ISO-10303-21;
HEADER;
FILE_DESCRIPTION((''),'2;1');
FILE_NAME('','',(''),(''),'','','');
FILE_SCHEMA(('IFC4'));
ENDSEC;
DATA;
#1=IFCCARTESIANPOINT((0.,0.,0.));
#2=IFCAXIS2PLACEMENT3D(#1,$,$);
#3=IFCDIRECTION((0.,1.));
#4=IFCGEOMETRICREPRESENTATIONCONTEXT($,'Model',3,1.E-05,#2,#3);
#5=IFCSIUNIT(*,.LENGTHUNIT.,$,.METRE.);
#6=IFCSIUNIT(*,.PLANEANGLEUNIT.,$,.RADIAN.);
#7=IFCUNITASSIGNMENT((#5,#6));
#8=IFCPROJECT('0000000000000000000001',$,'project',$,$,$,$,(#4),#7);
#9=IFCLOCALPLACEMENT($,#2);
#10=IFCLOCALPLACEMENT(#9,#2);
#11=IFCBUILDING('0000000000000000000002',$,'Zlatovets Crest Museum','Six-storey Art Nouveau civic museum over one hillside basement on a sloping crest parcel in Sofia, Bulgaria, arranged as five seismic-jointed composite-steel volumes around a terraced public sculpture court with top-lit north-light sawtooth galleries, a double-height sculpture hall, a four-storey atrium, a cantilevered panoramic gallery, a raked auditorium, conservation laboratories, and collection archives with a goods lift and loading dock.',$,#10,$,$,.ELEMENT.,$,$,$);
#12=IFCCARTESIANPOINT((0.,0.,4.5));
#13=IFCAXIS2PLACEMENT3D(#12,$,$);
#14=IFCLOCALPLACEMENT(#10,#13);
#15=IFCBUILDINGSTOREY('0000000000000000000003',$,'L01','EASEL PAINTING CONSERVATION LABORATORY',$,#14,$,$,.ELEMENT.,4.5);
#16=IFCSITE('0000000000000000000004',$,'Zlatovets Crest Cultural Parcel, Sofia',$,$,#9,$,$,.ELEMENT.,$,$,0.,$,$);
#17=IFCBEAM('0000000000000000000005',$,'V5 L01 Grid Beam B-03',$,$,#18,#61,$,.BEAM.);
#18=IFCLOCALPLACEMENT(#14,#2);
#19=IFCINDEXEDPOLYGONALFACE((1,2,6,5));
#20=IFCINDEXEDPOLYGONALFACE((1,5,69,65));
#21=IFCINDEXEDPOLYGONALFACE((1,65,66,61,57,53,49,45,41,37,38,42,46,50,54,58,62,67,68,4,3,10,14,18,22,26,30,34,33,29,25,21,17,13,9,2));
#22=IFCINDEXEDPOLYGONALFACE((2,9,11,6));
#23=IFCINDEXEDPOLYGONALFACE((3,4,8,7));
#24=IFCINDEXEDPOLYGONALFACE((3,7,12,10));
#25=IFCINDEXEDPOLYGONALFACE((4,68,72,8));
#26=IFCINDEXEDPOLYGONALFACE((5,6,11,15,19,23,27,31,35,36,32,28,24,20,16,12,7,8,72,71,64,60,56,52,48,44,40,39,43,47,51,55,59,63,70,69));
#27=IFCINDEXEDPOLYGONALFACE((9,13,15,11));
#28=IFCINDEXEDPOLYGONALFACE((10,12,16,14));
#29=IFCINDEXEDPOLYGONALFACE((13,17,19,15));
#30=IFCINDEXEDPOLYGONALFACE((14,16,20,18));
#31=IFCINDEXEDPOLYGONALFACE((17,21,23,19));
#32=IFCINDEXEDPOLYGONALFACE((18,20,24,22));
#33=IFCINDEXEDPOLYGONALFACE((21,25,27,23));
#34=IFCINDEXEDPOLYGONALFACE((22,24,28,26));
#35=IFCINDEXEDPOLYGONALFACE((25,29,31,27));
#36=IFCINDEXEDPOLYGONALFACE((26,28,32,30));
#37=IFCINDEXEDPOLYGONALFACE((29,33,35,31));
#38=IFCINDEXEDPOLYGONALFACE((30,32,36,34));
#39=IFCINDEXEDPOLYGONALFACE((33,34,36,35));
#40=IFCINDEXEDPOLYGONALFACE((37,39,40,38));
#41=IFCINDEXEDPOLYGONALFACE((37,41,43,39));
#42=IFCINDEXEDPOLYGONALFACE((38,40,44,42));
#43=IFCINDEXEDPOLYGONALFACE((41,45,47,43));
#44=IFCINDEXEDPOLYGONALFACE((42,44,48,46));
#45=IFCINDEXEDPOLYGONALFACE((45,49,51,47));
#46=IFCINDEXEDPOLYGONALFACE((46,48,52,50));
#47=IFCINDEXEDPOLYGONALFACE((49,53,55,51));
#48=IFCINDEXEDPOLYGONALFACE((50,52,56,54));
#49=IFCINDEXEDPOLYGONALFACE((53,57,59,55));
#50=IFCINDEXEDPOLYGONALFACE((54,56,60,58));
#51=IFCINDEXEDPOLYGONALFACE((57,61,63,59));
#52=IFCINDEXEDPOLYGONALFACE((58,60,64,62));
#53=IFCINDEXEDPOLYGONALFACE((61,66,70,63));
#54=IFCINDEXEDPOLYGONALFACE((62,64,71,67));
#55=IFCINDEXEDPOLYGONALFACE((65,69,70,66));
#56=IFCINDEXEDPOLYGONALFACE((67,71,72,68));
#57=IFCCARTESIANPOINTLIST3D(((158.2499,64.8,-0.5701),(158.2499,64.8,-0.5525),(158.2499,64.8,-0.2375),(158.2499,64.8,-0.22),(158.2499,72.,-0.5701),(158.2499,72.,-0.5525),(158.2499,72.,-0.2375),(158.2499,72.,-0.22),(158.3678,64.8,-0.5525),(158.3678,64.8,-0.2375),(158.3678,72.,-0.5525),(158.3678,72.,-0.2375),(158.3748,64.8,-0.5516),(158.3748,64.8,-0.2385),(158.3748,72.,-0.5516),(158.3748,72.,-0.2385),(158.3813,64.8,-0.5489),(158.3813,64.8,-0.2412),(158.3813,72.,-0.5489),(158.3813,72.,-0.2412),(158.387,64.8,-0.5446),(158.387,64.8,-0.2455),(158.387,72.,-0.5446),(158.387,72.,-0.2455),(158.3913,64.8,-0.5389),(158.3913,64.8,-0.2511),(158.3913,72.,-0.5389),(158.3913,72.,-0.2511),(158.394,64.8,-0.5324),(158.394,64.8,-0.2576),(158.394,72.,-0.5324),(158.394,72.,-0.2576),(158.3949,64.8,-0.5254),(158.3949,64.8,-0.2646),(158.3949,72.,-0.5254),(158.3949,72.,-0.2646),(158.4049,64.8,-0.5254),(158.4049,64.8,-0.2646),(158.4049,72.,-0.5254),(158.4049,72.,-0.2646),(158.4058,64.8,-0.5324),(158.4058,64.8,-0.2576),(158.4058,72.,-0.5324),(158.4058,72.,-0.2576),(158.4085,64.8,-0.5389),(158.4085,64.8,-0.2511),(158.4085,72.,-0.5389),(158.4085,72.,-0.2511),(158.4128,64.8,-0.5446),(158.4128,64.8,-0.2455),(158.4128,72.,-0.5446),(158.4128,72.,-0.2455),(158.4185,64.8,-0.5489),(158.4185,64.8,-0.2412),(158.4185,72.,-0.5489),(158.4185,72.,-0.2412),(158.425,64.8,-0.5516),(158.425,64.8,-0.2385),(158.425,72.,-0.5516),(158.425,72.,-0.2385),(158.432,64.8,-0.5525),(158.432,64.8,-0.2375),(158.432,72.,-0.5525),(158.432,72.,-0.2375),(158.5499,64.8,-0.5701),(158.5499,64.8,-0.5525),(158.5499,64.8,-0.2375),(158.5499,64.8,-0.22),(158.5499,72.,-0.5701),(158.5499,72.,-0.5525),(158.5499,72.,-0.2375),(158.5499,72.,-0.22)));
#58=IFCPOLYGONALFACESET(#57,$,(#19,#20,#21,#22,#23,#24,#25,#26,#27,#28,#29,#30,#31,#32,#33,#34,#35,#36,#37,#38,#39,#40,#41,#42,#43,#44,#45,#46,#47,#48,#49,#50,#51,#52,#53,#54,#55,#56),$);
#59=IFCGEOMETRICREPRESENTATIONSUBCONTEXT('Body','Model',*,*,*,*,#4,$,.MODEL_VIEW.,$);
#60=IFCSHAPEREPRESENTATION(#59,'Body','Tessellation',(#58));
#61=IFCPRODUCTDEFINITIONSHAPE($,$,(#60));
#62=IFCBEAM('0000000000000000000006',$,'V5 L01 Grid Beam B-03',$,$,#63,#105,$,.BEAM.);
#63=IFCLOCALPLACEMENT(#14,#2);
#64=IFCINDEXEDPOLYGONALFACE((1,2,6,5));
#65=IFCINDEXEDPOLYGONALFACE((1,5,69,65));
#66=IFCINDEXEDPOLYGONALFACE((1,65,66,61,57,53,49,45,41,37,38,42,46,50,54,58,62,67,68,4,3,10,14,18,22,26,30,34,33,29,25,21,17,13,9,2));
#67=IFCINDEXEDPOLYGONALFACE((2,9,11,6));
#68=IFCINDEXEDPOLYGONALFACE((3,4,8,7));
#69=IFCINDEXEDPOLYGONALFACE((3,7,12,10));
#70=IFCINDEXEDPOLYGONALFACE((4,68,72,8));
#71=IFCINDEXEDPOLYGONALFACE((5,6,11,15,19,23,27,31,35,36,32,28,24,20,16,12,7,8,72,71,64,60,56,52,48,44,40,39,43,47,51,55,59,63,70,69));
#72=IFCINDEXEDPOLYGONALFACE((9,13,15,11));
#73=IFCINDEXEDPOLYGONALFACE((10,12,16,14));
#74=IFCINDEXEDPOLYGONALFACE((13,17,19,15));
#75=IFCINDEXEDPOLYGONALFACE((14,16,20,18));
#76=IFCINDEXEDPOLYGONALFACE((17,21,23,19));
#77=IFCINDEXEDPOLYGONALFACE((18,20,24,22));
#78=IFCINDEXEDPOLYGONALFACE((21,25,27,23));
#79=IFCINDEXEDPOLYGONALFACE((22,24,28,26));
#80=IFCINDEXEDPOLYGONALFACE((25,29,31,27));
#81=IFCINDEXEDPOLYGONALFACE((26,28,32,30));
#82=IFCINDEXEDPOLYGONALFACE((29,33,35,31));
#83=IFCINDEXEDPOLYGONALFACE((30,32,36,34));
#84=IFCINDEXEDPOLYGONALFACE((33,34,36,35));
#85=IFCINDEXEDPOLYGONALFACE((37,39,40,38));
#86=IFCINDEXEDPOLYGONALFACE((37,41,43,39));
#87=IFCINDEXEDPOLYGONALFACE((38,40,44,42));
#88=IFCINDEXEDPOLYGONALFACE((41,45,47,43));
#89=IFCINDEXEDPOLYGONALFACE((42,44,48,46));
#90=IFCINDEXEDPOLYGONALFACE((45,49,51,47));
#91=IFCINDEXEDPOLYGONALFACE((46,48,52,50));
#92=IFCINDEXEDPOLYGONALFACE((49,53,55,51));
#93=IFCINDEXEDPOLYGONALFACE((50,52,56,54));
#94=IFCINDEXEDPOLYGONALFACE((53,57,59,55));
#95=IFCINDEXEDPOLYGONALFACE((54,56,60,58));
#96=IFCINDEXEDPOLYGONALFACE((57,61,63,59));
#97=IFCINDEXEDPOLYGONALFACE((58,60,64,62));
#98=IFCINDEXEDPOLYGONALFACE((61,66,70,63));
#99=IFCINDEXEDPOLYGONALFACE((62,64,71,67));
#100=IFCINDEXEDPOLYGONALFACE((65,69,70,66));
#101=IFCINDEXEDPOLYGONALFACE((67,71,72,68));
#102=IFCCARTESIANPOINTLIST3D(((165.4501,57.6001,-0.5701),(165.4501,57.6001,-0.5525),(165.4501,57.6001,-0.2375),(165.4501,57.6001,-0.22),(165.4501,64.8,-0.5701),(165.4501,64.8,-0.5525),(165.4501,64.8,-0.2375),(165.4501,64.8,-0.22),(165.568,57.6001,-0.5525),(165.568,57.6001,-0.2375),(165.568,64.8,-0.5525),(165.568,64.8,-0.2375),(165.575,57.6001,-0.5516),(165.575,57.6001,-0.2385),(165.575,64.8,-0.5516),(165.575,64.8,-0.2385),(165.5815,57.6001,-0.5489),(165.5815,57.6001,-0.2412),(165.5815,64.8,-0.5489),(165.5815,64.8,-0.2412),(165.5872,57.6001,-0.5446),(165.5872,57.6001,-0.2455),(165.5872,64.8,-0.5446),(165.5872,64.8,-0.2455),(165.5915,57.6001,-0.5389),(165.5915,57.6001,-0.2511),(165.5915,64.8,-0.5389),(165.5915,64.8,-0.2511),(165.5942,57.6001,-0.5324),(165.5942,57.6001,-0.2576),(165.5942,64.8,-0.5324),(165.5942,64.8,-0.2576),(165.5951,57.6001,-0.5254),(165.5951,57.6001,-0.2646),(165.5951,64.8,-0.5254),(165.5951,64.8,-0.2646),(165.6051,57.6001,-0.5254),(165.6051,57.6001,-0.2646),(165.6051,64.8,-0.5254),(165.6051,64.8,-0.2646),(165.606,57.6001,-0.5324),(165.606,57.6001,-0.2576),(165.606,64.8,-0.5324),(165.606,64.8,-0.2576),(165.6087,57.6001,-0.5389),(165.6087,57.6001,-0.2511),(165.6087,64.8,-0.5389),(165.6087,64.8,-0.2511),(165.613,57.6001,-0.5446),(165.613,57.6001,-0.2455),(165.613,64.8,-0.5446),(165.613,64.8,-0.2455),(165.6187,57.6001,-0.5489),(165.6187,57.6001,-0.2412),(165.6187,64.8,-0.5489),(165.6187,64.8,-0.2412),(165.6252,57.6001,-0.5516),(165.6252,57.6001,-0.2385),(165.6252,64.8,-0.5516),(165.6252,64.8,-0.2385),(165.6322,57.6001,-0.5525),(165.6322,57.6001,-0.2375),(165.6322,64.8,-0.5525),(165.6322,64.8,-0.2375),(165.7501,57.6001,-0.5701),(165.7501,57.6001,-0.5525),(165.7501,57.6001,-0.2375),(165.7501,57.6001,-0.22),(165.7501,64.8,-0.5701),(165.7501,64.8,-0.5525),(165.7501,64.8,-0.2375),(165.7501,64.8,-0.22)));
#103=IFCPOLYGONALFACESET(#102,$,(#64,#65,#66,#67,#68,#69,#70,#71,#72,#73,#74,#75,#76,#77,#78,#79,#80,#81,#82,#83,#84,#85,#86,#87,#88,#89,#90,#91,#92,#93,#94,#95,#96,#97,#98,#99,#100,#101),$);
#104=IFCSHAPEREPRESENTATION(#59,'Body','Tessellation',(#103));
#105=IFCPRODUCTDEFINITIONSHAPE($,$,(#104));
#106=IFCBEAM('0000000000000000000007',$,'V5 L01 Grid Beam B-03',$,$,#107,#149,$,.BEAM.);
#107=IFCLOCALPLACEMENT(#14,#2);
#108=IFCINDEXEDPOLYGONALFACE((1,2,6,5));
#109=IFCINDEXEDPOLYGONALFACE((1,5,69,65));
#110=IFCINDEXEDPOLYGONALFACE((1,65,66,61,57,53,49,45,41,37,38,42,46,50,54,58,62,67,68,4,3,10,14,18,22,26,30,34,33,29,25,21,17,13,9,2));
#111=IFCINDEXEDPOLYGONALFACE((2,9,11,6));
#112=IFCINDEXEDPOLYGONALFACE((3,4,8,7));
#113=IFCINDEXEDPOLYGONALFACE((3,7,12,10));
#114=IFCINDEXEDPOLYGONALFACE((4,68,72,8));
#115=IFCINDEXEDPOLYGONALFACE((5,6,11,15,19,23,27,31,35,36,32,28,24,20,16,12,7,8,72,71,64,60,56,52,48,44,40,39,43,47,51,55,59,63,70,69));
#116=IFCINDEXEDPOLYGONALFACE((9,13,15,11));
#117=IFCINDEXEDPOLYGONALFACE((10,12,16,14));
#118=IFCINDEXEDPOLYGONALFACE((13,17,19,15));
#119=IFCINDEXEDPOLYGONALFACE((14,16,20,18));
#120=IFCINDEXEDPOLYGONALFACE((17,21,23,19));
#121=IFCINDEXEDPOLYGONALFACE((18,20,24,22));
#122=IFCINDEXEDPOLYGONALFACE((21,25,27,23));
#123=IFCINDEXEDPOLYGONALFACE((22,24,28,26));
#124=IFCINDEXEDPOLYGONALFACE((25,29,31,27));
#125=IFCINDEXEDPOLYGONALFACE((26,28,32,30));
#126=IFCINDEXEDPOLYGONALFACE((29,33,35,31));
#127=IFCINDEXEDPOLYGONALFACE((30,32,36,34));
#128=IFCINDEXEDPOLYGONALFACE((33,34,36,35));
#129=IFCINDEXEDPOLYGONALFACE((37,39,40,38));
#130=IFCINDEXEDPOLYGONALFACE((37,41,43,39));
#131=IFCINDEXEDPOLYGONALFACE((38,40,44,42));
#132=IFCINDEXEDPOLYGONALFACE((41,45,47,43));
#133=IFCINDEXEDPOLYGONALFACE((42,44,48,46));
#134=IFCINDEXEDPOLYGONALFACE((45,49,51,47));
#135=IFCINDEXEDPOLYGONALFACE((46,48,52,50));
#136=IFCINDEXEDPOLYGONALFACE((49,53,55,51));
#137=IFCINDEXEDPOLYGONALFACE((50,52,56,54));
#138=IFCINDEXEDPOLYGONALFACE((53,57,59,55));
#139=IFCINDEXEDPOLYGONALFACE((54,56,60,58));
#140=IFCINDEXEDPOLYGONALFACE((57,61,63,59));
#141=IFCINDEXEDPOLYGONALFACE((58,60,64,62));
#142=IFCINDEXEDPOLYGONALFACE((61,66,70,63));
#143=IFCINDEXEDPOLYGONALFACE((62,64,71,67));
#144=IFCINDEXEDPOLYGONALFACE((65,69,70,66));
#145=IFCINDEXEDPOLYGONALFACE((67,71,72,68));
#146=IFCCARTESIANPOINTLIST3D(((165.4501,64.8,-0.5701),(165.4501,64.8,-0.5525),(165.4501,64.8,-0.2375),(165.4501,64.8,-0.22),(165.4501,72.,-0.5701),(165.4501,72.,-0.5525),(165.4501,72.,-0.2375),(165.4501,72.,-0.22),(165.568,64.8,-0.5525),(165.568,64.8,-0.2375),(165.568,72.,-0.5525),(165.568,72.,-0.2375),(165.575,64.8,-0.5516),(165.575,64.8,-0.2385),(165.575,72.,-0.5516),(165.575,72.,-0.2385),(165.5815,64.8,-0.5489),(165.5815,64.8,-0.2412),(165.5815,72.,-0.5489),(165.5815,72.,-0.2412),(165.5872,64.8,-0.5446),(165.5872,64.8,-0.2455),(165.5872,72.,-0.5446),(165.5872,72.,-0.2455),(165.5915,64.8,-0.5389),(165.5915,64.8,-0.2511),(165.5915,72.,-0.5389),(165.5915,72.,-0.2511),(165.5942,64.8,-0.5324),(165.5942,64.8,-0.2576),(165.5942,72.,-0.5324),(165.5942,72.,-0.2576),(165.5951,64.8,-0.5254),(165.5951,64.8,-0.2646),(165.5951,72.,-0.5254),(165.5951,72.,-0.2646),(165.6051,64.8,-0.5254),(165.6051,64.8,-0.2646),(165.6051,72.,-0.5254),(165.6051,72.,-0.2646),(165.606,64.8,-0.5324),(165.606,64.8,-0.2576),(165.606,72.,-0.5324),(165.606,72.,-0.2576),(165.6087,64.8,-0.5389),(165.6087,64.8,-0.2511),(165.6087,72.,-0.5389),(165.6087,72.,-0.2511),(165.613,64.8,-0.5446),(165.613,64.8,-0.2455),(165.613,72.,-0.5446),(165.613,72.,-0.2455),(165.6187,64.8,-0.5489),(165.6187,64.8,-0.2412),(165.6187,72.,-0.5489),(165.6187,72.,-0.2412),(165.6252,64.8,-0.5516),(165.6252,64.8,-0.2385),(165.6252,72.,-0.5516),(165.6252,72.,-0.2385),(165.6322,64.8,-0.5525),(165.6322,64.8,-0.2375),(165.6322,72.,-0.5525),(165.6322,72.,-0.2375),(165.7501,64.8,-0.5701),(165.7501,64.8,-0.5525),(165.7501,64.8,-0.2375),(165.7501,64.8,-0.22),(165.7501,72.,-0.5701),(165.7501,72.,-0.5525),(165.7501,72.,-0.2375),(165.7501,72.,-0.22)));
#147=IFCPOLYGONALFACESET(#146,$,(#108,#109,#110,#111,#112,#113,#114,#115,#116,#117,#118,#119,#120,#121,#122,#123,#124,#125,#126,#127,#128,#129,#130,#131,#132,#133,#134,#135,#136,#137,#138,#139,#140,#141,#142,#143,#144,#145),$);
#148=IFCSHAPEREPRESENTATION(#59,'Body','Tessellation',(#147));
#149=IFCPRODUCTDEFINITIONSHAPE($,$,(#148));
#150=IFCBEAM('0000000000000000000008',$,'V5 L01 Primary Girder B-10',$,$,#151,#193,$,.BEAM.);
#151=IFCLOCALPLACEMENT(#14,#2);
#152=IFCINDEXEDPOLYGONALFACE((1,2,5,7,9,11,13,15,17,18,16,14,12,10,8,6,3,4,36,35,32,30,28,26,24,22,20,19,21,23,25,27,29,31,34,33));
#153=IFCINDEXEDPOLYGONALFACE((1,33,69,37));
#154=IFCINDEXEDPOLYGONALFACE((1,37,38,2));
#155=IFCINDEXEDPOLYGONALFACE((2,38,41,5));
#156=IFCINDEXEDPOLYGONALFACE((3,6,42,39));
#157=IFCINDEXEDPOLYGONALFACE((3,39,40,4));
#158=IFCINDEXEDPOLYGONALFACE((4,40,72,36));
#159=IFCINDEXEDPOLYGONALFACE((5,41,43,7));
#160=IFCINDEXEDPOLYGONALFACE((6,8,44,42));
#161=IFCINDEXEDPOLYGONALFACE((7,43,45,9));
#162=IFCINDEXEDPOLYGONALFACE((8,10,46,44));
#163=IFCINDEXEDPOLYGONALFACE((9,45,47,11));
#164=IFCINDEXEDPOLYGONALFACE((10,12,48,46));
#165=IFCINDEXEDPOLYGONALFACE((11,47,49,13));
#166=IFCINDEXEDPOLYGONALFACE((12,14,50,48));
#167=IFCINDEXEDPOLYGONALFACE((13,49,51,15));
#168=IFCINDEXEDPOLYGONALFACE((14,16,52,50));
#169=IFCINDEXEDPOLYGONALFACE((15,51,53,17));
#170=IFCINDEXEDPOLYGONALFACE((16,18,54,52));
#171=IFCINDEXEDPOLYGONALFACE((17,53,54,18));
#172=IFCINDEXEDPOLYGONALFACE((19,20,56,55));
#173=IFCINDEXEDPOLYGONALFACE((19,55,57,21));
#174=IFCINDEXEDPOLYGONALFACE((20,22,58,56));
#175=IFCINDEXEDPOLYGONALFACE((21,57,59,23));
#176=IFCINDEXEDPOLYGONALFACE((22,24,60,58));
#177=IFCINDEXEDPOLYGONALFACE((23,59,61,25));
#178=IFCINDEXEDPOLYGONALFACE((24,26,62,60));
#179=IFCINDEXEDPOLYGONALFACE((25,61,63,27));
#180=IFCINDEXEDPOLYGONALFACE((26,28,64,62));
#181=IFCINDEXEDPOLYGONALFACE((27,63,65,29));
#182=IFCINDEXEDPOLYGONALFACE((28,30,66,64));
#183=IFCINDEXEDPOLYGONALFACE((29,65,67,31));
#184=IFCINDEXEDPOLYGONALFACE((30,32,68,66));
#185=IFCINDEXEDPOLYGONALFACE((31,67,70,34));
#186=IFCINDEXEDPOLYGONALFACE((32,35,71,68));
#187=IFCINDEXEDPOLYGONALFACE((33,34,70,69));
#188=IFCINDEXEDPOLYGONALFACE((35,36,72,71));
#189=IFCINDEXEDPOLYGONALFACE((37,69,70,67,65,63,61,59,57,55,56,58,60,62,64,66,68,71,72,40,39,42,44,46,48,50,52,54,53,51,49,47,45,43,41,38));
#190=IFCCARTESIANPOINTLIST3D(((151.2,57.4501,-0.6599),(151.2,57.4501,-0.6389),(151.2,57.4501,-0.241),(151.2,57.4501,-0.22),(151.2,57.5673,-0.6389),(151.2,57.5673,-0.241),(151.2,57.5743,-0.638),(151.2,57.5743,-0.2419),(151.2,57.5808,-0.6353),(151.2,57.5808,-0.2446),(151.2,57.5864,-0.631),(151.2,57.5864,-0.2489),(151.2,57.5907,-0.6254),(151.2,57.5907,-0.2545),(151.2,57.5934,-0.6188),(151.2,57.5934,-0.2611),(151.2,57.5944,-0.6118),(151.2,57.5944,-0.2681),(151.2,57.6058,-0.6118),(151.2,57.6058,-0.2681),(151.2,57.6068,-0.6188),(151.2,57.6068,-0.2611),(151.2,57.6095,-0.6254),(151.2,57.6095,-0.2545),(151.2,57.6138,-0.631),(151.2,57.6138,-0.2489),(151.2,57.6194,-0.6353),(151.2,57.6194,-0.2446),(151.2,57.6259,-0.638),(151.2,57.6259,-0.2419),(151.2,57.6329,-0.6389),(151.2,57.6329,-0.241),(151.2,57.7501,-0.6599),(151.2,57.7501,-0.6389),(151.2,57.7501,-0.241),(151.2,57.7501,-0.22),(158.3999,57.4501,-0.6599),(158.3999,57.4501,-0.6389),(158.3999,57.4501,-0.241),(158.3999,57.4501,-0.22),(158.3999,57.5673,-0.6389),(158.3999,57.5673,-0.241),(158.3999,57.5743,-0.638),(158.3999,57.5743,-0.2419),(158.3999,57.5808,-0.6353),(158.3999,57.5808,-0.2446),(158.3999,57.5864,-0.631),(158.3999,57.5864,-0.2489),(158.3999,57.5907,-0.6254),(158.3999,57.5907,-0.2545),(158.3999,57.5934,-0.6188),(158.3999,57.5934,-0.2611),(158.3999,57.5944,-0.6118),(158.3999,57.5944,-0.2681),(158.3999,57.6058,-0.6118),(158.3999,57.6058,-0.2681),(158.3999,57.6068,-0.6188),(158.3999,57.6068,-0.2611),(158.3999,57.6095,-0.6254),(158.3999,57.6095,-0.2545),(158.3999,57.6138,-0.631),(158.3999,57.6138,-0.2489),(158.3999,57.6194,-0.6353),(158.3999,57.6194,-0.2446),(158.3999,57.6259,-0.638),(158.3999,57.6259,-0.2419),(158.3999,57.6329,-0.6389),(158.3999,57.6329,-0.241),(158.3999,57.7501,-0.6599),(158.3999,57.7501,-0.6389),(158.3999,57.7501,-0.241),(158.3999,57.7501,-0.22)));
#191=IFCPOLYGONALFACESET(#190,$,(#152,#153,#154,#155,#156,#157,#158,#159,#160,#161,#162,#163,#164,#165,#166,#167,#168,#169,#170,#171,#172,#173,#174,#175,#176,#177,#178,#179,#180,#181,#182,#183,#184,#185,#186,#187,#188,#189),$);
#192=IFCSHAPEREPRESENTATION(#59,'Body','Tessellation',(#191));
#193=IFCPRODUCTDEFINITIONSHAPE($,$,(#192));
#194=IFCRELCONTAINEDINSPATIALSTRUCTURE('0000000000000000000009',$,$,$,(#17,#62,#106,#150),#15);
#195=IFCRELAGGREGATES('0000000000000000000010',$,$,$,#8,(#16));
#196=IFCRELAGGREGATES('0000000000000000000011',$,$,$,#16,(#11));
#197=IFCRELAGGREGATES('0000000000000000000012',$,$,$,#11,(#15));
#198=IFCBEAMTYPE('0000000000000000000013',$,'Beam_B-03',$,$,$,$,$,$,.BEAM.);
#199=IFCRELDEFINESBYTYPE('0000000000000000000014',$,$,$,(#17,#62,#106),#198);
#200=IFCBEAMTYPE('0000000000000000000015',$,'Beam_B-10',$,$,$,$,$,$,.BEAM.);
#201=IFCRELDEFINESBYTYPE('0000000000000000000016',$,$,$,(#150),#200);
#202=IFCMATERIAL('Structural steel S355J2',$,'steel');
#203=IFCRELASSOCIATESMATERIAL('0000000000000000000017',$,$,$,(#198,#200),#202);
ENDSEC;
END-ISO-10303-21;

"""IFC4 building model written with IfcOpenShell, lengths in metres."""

from ifc_helpers import new_model, si_unit, direction, frame, origin, origin_2d, place, context, subcontext, project, spatial, i_section, extrude, material, material_profile, profile_set, type_object, element, save


model = new_model("IFC4")

# Units and contexts
model_context = context("Model", 3, precision=1e-05, world=origin(), true_north=direction((0.0, 1.0)))
body_context = subcontext(model_context, "Body", "Model", "MODEL_VIEW")
ifc_project = project(units=[si_unit("LENGTHUNIT", "METRE"), si_unit("PLANEANGLEUNIT", "RADIAN")], contexts=[model_context])

# Site, building, storey
site_placement = place(None, origin())
site = spatial("IfcSite", under=ifc_project, at=site_placement, Name="Zlatovets Crest Cultural Parcel, Sofia", CompositionType="ELEMENT", RefElevation=0.0)
building_placement = place(site_placement, origin())
building = spatial("IfcBuilding", under=site, at=building_placement, Name="Zlatovets Crest Museum", Description="Six-storey Art Nouveau civic museum over one hillside basement on a sloping crest parcel in Sofia, Bulgaria, arranged as five seismic-jointed composite-steel volumes around a terraced public sculpture court with top-lit north-light sawtooth galleries, a double-height sculpture hall, a four-storey atrium, a cantilevered panoramic gallery, a raked auditorium, conservation laboratories, and collection archives with a goods lift and loading dock.", CompositionType="ELEMENT")
storey_placement = place(building_placement, frame((0.0, 0.0, 4.5)))
storey = spatial("IfcBuildingStorey", under=building, at=storey_placement, Name="L01", Description="EASEL PAINTING CONSERVATION LABORATORY", CompositionType="ELEMENT", Elevation=4.5)

# Shared definitions
ifc_material_1 = material(Name="Structural steel S355J2", Category="steel")

# Beams
ifc_material_profile_1 = material_profile(ifc_material_1, i_section(OverallWidth=0.3, OverallDepth=0.3501, WebThickness=0.01, FlangeThickness=0.0176, FilletRadius=0.0271, at=origin_2d()), Name="HEA 360")
ifc_profile_set_1 = profile_set([ifc_material_profile_1], Name="Structural steel S355J2")
beam_type_1 = type_object("IfcBeamType", Name="Beam_B-03", PredefinedType="BEAM", material=ifc_profile_set_1)
for number, where, z_axis, x_axis, name in (
    (1, (158.3999, 64.8, -0.395), (0.0, 1.0, 0.0), (-1.0, 0.0, 0.0), "V5 L01 Grid Beam B-03"),
    (2, (165.6001, 57.6001, -0.395), (0.0, 1.0, 0.0), (-1.0, 0.0, 0.0), "V5 L01 Grid Beam B-03"),
    (3, (165.6001, 64.8, -0.395), (0.0, 1.0, 0.0), (-1.0, 0.0, 0.0), "V5 L01 Grid Beam B-03"),
):
    element("IfcBeam", number, at=place(storey_placement, frame(where, z_axis=z_axis, x_axis=x_axis)), inside=storey, type_object=beam_type_1, Name=name, PredefinedType="BEAM", context=body_context, shape_type="SweptSolid", body=[
        extrude(i_section(OverallWidth=0.3, OverallDepth=0.3501, WebThickness=0.01, FlangeThickness=0.0176, FilletRadius=0.0271, at=origin_2d()), origin(), (0.0, 0.0, 1.0), 7.2),
    ])
ifc_material_profile_2 = material_profile(ifc_material_1, i_section(OverallWidth=0.3, OverallDepth=0.4399, WebThickness=0.0115, FlangeThickness=0.021, FilletRadius=0.0271, at=origin_2d()), Name="HEA 450")
ifc_profile_set_2 = profile_set([ifc_material_profile_2], Name="Structural steel S355J2")
beam_type_2 = type_object("IfcBeamType", Name="Beam_B-10", PredefinedType="BEAM", material=ifc_profile_set_2)
beam_1_placement = place(storey_placement, frame((151.2, 57.6001, -0.4399), z_axis=(1.0, 0.0, 0.0), x_axis=(0.0, 1.0, 0.0)))
element("IfcBeam", 4, at=beam_1_placement, inside=storey, type_object=beam_type_2, Name="V5 L01 Primary Girder B-10", PredefinedType="BEAM", context=body_context, shape_type="SweptSolid", body=[
    extrude(i_section(OverallWidth=0.3, OverallDepth=0.4399, WebThickness=0.0115, FlangeThickness=0.021, FilletRadius=0.0271, at=origin_2d()), origin(), (0.0, 0.0, 1.0), 7.2),
])

save(model, "model.ifc")
